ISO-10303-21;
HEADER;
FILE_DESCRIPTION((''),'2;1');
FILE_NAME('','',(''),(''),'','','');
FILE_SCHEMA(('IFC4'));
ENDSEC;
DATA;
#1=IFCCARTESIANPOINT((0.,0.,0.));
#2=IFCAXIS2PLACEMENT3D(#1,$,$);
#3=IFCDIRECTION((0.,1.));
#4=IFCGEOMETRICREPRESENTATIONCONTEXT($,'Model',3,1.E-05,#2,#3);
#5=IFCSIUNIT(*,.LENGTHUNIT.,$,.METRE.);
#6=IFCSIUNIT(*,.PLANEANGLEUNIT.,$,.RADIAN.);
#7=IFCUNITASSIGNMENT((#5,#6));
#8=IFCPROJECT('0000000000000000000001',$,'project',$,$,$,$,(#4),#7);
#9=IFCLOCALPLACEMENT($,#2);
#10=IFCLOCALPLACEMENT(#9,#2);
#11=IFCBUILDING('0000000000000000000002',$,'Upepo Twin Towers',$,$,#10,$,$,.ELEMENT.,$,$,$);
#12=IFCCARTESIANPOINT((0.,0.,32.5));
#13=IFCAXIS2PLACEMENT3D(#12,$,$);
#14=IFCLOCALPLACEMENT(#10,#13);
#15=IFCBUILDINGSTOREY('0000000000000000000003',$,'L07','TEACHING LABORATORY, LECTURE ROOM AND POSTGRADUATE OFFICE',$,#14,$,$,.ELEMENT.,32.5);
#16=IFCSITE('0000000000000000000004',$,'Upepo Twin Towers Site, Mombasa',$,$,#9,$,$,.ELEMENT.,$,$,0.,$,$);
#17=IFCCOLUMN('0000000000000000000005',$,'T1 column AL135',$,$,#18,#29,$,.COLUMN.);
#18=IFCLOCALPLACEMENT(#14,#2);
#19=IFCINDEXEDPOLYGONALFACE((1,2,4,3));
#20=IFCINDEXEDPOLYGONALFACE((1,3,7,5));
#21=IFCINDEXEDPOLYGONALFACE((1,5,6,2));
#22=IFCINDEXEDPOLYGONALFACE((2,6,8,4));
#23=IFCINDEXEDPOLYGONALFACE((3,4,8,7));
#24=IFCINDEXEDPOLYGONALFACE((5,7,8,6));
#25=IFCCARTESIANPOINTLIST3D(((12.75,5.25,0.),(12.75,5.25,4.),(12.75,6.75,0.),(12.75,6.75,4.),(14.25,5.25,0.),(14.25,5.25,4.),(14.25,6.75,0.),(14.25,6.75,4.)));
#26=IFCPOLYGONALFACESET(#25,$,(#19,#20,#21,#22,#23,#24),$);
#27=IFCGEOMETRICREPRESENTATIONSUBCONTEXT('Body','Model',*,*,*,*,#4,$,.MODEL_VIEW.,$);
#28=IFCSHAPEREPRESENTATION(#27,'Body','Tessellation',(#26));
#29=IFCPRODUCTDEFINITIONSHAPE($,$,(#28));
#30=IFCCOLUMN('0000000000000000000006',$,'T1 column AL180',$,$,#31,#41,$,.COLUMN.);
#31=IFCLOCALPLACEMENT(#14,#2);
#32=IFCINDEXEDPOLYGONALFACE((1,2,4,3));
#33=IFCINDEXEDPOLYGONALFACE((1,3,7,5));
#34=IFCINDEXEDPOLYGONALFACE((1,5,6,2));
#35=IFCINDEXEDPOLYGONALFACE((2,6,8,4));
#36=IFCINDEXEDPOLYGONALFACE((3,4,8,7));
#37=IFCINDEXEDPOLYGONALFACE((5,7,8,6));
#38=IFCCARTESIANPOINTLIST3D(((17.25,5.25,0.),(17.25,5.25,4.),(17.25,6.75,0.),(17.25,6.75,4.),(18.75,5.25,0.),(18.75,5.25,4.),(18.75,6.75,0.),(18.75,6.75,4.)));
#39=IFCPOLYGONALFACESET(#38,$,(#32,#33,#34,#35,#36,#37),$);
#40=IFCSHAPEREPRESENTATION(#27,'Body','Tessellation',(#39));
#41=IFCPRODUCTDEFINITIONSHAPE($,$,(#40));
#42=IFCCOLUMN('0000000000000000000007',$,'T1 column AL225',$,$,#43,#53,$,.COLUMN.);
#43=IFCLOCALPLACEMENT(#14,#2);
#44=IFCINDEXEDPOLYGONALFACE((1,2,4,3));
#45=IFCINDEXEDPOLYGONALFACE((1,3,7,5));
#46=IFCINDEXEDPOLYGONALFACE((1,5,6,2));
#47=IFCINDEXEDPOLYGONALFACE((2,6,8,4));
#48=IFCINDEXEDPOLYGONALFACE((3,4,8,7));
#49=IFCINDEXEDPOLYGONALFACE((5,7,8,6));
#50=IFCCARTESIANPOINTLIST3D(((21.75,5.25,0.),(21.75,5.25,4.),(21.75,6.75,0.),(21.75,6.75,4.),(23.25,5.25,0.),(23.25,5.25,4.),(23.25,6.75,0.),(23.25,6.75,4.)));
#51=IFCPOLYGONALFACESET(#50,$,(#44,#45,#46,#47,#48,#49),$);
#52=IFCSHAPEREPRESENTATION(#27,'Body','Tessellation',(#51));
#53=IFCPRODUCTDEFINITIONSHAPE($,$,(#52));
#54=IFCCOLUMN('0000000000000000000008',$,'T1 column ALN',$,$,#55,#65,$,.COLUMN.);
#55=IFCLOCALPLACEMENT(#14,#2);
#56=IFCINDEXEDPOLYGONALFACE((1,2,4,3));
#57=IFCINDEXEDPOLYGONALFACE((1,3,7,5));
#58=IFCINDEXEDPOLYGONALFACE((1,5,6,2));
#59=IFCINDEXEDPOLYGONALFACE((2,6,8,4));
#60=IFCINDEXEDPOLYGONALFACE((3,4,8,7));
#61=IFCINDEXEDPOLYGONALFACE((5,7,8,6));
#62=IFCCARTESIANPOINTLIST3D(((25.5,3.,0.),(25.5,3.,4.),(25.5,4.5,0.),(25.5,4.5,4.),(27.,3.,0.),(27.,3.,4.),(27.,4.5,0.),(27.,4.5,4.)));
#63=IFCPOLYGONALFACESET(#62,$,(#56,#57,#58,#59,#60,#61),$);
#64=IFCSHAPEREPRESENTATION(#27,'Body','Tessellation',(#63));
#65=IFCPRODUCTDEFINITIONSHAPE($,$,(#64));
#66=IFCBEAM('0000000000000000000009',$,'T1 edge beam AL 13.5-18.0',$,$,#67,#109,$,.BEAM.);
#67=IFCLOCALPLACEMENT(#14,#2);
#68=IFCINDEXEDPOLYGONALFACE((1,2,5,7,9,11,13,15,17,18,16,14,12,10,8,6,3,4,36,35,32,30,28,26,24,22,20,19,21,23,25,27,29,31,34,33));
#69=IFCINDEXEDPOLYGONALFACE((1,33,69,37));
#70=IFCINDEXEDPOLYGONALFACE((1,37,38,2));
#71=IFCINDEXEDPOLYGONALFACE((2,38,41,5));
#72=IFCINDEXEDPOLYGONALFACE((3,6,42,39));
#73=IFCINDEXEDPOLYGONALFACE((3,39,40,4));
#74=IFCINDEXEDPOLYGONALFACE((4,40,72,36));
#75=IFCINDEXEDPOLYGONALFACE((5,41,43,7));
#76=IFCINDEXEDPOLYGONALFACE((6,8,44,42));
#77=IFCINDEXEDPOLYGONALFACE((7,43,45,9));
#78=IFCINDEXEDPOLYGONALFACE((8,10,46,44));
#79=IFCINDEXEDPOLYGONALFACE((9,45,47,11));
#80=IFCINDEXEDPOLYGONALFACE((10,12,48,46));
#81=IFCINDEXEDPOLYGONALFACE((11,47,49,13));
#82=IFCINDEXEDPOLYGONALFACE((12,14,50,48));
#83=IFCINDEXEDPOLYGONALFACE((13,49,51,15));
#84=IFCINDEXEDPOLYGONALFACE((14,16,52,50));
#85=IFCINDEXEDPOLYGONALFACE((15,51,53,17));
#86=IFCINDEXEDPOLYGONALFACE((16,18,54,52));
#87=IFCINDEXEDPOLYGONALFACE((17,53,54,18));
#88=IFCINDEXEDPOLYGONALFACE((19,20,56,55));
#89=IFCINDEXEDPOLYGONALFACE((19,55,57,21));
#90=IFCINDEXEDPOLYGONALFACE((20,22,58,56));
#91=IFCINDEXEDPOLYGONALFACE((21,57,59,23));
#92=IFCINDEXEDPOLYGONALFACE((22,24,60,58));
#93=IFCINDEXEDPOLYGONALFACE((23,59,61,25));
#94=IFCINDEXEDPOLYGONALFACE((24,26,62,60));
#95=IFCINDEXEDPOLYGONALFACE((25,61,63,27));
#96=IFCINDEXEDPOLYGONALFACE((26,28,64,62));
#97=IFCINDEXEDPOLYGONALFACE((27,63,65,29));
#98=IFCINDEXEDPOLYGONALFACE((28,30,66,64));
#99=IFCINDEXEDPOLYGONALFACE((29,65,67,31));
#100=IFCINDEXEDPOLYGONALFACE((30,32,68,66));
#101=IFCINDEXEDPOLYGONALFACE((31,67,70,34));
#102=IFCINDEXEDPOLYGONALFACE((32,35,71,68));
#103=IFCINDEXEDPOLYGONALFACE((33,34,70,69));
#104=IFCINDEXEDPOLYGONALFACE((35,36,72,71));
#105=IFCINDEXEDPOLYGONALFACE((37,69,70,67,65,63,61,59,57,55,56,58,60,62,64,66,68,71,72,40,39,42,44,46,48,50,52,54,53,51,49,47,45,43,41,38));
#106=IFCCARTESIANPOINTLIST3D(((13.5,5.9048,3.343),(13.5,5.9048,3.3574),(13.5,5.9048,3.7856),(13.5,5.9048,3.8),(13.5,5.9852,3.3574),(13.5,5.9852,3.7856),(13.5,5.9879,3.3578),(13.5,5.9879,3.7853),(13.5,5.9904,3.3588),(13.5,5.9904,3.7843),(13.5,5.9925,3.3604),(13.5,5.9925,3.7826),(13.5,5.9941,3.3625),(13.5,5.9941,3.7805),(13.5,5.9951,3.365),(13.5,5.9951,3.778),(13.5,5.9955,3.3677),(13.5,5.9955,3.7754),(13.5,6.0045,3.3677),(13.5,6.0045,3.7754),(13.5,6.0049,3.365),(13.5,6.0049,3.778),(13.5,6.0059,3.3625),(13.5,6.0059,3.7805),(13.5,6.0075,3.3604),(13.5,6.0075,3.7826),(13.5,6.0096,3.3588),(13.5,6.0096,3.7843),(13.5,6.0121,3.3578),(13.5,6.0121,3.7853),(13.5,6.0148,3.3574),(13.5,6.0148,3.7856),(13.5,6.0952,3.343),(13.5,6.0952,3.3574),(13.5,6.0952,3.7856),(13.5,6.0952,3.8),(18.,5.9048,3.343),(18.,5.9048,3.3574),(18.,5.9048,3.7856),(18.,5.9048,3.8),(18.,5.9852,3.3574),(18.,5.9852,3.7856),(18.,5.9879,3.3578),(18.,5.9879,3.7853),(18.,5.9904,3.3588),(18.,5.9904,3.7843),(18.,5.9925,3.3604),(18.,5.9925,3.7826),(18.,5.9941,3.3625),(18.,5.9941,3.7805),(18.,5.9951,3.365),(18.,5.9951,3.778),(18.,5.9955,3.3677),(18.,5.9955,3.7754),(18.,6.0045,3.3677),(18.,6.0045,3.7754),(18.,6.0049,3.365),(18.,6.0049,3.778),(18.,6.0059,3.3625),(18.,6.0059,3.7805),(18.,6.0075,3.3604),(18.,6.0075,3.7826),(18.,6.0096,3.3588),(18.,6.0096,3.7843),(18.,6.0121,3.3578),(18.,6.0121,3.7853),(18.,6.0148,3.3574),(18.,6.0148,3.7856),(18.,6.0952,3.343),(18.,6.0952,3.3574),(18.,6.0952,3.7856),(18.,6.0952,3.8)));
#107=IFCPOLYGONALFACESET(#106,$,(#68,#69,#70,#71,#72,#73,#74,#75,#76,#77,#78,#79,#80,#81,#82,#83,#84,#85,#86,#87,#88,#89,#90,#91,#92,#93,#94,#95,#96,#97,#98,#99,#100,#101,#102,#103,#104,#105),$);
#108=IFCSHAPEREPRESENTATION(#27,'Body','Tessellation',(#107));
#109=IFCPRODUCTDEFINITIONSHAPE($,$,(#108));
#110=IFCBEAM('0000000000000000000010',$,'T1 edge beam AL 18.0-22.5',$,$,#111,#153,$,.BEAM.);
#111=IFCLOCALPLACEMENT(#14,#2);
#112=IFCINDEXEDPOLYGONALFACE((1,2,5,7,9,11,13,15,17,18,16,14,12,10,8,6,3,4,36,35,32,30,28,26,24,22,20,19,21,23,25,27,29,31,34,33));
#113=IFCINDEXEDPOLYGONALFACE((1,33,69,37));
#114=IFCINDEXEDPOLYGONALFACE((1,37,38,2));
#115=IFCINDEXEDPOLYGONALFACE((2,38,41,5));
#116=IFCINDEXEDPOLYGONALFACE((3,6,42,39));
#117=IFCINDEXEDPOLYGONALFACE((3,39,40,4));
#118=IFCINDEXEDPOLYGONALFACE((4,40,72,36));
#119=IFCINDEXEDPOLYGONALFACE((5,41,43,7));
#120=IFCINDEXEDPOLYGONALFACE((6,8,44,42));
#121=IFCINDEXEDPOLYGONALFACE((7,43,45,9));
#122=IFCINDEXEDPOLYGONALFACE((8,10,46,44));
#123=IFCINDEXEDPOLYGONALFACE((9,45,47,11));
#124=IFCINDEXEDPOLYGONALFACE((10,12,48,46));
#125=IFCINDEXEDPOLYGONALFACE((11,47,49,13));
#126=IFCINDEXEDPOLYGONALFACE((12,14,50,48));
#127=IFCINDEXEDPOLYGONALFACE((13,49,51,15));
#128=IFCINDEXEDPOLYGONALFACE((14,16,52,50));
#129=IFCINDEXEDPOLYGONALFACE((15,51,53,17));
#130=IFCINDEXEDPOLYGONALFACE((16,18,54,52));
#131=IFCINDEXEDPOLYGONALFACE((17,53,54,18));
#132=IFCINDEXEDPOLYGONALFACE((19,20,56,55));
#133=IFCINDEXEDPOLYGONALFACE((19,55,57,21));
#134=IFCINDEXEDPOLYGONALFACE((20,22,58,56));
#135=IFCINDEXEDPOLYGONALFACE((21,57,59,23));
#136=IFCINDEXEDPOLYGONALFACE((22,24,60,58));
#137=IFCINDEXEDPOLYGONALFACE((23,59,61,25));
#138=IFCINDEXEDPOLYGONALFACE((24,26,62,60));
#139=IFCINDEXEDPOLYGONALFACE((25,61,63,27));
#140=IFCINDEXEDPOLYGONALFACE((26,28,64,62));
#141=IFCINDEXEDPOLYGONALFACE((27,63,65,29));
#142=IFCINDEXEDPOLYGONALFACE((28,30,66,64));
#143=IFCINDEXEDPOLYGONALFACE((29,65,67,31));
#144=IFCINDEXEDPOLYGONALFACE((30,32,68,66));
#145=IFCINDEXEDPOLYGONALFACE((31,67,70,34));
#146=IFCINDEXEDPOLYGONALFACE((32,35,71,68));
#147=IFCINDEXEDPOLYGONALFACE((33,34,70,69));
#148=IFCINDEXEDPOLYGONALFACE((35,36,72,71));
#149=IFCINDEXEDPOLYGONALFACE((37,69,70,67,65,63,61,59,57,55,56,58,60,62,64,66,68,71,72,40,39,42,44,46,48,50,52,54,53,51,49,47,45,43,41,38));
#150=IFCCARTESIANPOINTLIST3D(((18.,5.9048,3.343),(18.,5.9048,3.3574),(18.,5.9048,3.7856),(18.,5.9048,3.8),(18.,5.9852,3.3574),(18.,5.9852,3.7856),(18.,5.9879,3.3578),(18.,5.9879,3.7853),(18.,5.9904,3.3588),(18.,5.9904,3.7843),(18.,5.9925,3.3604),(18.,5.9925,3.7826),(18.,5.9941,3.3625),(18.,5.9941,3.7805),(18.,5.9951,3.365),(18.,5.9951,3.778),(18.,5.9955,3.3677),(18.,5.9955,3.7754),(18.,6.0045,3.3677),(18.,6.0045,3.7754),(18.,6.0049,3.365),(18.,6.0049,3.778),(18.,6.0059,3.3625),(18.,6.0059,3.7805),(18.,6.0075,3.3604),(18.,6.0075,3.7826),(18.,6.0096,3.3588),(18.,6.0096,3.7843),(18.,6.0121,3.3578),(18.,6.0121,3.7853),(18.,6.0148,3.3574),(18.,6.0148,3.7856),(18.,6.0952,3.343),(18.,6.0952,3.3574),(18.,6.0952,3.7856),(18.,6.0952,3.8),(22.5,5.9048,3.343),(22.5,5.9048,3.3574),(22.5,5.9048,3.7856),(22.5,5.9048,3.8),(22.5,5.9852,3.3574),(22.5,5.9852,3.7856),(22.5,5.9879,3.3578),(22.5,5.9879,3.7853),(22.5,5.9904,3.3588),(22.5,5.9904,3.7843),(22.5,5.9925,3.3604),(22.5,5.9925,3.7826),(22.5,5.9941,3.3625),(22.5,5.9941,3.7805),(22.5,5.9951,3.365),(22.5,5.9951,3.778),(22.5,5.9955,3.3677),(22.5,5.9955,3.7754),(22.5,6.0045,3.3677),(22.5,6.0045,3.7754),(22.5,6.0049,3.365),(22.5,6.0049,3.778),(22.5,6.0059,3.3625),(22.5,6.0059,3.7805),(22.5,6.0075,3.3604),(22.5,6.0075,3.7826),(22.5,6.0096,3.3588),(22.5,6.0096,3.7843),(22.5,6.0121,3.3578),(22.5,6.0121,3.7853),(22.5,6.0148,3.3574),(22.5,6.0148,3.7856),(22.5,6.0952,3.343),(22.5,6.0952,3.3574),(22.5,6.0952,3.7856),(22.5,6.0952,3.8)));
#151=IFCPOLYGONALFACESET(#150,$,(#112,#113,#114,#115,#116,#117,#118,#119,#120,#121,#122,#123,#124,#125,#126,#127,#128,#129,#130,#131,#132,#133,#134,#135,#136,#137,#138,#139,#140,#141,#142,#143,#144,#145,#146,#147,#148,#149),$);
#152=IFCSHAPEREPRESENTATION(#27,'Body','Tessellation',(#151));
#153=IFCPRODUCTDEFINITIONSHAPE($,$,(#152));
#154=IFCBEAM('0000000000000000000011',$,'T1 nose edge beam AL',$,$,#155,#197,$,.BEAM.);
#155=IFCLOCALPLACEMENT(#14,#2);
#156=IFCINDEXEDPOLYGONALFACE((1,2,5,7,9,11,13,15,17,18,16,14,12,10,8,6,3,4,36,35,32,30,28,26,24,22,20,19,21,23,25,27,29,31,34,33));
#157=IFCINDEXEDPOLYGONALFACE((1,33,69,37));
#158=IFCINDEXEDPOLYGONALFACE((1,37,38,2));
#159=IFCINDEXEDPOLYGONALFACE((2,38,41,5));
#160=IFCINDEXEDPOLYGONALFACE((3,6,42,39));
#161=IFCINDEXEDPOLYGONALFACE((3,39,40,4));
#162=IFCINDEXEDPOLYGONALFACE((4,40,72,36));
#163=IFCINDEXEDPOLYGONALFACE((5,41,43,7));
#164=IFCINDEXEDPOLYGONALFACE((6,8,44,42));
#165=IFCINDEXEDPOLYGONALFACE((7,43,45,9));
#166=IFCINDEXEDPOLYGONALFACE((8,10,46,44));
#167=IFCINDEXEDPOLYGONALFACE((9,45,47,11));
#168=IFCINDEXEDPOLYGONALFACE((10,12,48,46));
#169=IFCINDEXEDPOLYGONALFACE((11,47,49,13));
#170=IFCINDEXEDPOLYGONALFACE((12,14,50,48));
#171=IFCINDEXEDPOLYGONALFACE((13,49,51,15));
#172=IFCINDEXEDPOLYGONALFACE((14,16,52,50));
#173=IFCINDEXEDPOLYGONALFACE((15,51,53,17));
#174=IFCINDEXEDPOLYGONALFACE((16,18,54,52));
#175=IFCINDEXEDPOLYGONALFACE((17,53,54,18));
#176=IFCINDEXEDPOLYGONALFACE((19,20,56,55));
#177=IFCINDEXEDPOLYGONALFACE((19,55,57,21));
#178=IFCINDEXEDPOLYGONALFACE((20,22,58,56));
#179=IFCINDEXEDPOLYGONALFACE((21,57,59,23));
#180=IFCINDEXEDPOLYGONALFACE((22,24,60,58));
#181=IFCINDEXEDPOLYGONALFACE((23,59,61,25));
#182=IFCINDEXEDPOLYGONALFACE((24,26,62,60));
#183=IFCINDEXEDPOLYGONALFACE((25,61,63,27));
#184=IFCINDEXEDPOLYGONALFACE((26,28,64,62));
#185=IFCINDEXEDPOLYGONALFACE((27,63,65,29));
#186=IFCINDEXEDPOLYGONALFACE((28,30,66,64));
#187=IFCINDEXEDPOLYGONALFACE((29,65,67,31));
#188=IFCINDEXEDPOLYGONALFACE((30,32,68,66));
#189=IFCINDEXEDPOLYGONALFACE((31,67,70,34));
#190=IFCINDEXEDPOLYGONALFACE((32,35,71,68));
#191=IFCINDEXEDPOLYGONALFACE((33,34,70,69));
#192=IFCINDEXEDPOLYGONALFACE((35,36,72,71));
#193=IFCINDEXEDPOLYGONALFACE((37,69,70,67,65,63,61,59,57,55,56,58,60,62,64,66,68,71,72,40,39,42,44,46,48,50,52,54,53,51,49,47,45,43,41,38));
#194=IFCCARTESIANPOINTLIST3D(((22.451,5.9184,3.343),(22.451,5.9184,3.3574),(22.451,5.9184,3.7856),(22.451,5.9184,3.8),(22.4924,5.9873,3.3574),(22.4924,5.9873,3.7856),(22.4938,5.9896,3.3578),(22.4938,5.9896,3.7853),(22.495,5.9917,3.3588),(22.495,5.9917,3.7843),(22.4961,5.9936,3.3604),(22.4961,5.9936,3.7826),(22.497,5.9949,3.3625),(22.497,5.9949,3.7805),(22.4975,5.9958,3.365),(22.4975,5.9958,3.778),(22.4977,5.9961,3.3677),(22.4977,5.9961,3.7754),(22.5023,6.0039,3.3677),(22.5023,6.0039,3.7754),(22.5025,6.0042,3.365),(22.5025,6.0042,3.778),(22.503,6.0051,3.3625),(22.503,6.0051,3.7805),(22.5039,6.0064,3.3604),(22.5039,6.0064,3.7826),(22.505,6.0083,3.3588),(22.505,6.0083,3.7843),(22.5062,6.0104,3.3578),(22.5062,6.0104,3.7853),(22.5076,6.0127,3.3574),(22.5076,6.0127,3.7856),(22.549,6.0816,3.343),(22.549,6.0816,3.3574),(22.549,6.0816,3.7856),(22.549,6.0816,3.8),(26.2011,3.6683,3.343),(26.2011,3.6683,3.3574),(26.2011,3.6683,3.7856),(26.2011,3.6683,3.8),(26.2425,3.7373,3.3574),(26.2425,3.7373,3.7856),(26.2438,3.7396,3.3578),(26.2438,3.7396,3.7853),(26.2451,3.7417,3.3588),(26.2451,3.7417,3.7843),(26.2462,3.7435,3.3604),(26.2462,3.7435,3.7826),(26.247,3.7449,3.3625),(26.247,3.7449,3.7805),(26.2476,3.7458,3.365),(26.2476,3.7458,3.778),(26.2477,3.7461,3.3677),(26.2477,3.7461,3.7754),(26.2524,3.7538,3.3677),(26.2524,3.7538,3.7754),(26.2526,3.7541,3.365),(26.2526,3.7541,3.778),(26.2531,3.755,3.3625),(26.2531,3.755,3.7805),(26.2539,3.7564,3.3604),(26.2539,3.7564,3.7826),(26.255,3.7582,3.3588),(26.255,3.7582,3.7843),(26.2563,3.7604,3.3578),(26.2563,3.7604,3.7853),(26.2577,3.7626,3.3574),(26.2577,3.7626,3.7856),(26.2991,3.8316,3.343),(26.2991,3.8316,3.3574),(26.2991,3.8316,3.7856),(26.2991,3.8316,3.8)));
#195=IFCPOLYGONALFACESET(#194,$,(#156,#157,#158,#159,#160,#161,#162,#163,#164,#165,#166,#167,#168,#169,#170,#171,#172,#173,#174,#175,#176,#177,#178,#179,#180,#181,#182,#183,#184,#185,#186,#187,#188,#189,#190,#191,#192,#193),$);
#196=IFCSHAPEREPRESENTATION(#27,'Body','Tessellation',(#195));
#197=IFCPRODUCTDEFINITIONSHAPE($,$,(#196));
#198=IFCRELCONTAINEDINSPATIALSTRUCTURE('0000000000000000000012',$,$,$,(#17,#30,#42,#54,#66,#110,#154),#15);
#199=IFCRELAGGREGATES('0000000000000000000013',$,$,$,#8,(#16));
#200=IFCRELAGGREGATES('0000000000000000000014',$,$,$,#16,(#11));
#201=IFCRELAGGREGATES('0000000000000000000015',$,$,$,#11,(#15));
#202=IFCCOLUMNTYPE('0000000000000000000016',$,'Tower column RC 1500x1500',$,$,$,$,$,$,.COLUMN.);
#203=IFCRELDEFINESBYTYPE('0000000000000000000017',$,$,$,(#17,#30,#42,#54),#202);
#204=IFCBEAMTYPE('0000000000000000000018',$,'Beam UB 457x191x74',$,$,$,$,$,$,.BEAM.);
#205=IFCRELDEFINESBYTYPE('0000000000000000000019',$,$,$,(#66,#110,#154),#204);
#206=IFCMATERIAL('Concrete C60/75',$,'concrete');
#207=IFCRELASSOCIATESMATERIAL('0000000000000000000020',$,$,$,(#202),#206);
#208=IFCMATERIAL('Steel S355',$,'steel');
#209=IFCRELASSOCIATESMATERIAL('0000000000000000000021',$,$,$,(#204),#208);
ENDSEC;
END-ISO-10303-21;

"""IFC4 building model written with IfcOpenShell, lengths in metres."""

from ifc_helpers import new_model, si_unit, direction, frame, origin, origin_2d, place, context, subcontext, project, spatial, rectangle, i_section, extrude, material, material_profile, profile_set, type_object, element, save


model = new_model("IFC4")

# Units and contexts
model_context = context("Model", 3, precision=1e-05, world=origin(), true_north=direction((0.0, 1.0)))
body_context = subcontext(model_context, "Body", "Model", "MODEL_VIEW")
ifc_project = project(units=[si_unit("LENGTHUNIT", "METRE"), si_unit("PLANEANGLEUNIT", "RADIAN")], contexts=[model_context])

# Site, building, storey
site_placement = place(None, origin())
site = spatial("IfcSite", under=ifc_project, at=site_placement, Name="Upepo Twin Towers Site, Mombasa", CompositionType="ELEMENT", RefElevation=0.0)
building_placement = place(site_placement, origin())
building = spatial("IfcBuilding", under=site, at=building_placement, Name="Upepo Twin Towers", CompositionType="ELEMENT")
storey_placement = place(building_placement, frame((0.0, 0.0, 32.5)))
storey = spatial("IfcBuildingStorey", under=building, at=storey_placement, Name="L07", Description="TEACHING LABORATORY, LECTURE ROOM AND POSTGRADUATE OFFICE", CompositionType="ELEMENT", Elevation=32.5)

# Columns
ifc_material_1 = material(Name="Concrete C60/75", Category="concrete")
ifc_material_profile_1 = material_profile(ifc_material_1, rectangle(XDim=1.5, YDim=1.5, at=origin_2d()), Name="RC 1500x1500")
ifc_profile_set_1 = profile_set([ifc_material_profile_1], Name="Concrete C60/75")
column_type = type_object("IfcColumnType", Name="Tower column RC 1500x1500", PredefinedType="COLUMN", material=ifc_profile_set_1)
for number, where, z_axis, x_axis, name in (
    (1, (13.5, 6.0, 0.0), (0.0, 0.0, 1.0), (1.0, 0.0, 0.0), "T1 column AL135"),
    (2, (18.0, 6.0, 0.0), (0.0, 0.0, 1.0), (1.0, 0.0, 0.0), "T1 column AL180"),
    (3, (22.5, 6.0, 0.0), (0.0, 0.0, 1.0), (1.0, 0.0, 0.0), "T1 column AL225"),
    (4, (26.25, 3.75, 0.0), (0.0, 0.0, 1.0), (1.0, 0.0, 0.0), "T1 column ALN"),
):
    element("IfcColumn", number, at=place(storey_placement, frame(where, z_axis=z_axis, x_axis=x_axis)), inside=storey, type_object=column_type, Name=name, PredefinedType="COLUMN", context=body_context, shape_type="SweptSolid", body=[
        extrude(rectangle(XDim=1.5, YDim=1.5, at=origin_2d()), origin(), (0.0, 0.0, 1.0), 4.0),
    ])

# Beams
ifc_material_2 = material(Name="Steel S355", Category="steel")
ifc_material_profile_2 = material_profile(ifc_material_2, i_section(OverallWidth=0.1904, OverallDepth=0.457, WebThickness=0.009, FlangeThickness=0.0144, FilletRadius=0.0103, at=origin_2d()), Name="UB 457x191x74")
ifc_profile_set_2 = profile_set([ifc_material_profile_2], Name="Steel S355")
beam_type_1 = type_object("IfcBeamType", Name="Beam UB 457x191x74", PredefinedType="BEAM", material=ifc_profile_set_2)
for number, where, z_axis, x_axis, name in (
    (5, (13.5, 6.0, 3.5715), (1.0, 0.0, 0.0), (0.0, 1.0, 0.0), "T1 edge beam AL 13.5-18.0"),
    (6, (18.0, 6.0, 3.5715), (1.0, 0.0, 0.0), (0.0, 1.0, 0.0), "T1 edge beam AL 18.0-22.5"),
):
    element("IfcBeam", number, at=place(storey_placement, frame(where, z_axis=z_axis, x_axis=x_axis)), inside=storey, type_object=beam_type_1, Name=name, PredefinedType="BEAM", context=body_context, shape_type="SweptSolid", body=[
        extrude(i_section(OverallWidth=0.1904, OverallDepth=0.457, WebThickness=0.009, FlangeThickness=0.0144, FilletRadius=0.0103, at=origin_2d()), origin(), (0.0, 0.0, 1.0), 4.5),
    ])
beam_1_placement = place(storey_placement, frame((22.5, 6.0, 3.5715), z_axis=(0.857493, -0.514496, 0.0), x_axis=(0.514496, 0.857493, 0.0)))
element("IfcBeam", 7, at=beam_1_placement, inside=storey, type_object=beam_type_1, Name="T1 nose edge beam AL", PredefinedType="BEAM", context=body_context, shape_type="SweptSolid", body=[
    extrude(i_section(OverallWidth=0.1904, OverallDepth=0.457, WebThickness=0.009, FlangeThickness=0.0144, FilletRadius=0.0103, at=origin_2d()), origin(), (0.0, 0.0, 1.0), 4.3733),
])

save(model, "model.ifc")
